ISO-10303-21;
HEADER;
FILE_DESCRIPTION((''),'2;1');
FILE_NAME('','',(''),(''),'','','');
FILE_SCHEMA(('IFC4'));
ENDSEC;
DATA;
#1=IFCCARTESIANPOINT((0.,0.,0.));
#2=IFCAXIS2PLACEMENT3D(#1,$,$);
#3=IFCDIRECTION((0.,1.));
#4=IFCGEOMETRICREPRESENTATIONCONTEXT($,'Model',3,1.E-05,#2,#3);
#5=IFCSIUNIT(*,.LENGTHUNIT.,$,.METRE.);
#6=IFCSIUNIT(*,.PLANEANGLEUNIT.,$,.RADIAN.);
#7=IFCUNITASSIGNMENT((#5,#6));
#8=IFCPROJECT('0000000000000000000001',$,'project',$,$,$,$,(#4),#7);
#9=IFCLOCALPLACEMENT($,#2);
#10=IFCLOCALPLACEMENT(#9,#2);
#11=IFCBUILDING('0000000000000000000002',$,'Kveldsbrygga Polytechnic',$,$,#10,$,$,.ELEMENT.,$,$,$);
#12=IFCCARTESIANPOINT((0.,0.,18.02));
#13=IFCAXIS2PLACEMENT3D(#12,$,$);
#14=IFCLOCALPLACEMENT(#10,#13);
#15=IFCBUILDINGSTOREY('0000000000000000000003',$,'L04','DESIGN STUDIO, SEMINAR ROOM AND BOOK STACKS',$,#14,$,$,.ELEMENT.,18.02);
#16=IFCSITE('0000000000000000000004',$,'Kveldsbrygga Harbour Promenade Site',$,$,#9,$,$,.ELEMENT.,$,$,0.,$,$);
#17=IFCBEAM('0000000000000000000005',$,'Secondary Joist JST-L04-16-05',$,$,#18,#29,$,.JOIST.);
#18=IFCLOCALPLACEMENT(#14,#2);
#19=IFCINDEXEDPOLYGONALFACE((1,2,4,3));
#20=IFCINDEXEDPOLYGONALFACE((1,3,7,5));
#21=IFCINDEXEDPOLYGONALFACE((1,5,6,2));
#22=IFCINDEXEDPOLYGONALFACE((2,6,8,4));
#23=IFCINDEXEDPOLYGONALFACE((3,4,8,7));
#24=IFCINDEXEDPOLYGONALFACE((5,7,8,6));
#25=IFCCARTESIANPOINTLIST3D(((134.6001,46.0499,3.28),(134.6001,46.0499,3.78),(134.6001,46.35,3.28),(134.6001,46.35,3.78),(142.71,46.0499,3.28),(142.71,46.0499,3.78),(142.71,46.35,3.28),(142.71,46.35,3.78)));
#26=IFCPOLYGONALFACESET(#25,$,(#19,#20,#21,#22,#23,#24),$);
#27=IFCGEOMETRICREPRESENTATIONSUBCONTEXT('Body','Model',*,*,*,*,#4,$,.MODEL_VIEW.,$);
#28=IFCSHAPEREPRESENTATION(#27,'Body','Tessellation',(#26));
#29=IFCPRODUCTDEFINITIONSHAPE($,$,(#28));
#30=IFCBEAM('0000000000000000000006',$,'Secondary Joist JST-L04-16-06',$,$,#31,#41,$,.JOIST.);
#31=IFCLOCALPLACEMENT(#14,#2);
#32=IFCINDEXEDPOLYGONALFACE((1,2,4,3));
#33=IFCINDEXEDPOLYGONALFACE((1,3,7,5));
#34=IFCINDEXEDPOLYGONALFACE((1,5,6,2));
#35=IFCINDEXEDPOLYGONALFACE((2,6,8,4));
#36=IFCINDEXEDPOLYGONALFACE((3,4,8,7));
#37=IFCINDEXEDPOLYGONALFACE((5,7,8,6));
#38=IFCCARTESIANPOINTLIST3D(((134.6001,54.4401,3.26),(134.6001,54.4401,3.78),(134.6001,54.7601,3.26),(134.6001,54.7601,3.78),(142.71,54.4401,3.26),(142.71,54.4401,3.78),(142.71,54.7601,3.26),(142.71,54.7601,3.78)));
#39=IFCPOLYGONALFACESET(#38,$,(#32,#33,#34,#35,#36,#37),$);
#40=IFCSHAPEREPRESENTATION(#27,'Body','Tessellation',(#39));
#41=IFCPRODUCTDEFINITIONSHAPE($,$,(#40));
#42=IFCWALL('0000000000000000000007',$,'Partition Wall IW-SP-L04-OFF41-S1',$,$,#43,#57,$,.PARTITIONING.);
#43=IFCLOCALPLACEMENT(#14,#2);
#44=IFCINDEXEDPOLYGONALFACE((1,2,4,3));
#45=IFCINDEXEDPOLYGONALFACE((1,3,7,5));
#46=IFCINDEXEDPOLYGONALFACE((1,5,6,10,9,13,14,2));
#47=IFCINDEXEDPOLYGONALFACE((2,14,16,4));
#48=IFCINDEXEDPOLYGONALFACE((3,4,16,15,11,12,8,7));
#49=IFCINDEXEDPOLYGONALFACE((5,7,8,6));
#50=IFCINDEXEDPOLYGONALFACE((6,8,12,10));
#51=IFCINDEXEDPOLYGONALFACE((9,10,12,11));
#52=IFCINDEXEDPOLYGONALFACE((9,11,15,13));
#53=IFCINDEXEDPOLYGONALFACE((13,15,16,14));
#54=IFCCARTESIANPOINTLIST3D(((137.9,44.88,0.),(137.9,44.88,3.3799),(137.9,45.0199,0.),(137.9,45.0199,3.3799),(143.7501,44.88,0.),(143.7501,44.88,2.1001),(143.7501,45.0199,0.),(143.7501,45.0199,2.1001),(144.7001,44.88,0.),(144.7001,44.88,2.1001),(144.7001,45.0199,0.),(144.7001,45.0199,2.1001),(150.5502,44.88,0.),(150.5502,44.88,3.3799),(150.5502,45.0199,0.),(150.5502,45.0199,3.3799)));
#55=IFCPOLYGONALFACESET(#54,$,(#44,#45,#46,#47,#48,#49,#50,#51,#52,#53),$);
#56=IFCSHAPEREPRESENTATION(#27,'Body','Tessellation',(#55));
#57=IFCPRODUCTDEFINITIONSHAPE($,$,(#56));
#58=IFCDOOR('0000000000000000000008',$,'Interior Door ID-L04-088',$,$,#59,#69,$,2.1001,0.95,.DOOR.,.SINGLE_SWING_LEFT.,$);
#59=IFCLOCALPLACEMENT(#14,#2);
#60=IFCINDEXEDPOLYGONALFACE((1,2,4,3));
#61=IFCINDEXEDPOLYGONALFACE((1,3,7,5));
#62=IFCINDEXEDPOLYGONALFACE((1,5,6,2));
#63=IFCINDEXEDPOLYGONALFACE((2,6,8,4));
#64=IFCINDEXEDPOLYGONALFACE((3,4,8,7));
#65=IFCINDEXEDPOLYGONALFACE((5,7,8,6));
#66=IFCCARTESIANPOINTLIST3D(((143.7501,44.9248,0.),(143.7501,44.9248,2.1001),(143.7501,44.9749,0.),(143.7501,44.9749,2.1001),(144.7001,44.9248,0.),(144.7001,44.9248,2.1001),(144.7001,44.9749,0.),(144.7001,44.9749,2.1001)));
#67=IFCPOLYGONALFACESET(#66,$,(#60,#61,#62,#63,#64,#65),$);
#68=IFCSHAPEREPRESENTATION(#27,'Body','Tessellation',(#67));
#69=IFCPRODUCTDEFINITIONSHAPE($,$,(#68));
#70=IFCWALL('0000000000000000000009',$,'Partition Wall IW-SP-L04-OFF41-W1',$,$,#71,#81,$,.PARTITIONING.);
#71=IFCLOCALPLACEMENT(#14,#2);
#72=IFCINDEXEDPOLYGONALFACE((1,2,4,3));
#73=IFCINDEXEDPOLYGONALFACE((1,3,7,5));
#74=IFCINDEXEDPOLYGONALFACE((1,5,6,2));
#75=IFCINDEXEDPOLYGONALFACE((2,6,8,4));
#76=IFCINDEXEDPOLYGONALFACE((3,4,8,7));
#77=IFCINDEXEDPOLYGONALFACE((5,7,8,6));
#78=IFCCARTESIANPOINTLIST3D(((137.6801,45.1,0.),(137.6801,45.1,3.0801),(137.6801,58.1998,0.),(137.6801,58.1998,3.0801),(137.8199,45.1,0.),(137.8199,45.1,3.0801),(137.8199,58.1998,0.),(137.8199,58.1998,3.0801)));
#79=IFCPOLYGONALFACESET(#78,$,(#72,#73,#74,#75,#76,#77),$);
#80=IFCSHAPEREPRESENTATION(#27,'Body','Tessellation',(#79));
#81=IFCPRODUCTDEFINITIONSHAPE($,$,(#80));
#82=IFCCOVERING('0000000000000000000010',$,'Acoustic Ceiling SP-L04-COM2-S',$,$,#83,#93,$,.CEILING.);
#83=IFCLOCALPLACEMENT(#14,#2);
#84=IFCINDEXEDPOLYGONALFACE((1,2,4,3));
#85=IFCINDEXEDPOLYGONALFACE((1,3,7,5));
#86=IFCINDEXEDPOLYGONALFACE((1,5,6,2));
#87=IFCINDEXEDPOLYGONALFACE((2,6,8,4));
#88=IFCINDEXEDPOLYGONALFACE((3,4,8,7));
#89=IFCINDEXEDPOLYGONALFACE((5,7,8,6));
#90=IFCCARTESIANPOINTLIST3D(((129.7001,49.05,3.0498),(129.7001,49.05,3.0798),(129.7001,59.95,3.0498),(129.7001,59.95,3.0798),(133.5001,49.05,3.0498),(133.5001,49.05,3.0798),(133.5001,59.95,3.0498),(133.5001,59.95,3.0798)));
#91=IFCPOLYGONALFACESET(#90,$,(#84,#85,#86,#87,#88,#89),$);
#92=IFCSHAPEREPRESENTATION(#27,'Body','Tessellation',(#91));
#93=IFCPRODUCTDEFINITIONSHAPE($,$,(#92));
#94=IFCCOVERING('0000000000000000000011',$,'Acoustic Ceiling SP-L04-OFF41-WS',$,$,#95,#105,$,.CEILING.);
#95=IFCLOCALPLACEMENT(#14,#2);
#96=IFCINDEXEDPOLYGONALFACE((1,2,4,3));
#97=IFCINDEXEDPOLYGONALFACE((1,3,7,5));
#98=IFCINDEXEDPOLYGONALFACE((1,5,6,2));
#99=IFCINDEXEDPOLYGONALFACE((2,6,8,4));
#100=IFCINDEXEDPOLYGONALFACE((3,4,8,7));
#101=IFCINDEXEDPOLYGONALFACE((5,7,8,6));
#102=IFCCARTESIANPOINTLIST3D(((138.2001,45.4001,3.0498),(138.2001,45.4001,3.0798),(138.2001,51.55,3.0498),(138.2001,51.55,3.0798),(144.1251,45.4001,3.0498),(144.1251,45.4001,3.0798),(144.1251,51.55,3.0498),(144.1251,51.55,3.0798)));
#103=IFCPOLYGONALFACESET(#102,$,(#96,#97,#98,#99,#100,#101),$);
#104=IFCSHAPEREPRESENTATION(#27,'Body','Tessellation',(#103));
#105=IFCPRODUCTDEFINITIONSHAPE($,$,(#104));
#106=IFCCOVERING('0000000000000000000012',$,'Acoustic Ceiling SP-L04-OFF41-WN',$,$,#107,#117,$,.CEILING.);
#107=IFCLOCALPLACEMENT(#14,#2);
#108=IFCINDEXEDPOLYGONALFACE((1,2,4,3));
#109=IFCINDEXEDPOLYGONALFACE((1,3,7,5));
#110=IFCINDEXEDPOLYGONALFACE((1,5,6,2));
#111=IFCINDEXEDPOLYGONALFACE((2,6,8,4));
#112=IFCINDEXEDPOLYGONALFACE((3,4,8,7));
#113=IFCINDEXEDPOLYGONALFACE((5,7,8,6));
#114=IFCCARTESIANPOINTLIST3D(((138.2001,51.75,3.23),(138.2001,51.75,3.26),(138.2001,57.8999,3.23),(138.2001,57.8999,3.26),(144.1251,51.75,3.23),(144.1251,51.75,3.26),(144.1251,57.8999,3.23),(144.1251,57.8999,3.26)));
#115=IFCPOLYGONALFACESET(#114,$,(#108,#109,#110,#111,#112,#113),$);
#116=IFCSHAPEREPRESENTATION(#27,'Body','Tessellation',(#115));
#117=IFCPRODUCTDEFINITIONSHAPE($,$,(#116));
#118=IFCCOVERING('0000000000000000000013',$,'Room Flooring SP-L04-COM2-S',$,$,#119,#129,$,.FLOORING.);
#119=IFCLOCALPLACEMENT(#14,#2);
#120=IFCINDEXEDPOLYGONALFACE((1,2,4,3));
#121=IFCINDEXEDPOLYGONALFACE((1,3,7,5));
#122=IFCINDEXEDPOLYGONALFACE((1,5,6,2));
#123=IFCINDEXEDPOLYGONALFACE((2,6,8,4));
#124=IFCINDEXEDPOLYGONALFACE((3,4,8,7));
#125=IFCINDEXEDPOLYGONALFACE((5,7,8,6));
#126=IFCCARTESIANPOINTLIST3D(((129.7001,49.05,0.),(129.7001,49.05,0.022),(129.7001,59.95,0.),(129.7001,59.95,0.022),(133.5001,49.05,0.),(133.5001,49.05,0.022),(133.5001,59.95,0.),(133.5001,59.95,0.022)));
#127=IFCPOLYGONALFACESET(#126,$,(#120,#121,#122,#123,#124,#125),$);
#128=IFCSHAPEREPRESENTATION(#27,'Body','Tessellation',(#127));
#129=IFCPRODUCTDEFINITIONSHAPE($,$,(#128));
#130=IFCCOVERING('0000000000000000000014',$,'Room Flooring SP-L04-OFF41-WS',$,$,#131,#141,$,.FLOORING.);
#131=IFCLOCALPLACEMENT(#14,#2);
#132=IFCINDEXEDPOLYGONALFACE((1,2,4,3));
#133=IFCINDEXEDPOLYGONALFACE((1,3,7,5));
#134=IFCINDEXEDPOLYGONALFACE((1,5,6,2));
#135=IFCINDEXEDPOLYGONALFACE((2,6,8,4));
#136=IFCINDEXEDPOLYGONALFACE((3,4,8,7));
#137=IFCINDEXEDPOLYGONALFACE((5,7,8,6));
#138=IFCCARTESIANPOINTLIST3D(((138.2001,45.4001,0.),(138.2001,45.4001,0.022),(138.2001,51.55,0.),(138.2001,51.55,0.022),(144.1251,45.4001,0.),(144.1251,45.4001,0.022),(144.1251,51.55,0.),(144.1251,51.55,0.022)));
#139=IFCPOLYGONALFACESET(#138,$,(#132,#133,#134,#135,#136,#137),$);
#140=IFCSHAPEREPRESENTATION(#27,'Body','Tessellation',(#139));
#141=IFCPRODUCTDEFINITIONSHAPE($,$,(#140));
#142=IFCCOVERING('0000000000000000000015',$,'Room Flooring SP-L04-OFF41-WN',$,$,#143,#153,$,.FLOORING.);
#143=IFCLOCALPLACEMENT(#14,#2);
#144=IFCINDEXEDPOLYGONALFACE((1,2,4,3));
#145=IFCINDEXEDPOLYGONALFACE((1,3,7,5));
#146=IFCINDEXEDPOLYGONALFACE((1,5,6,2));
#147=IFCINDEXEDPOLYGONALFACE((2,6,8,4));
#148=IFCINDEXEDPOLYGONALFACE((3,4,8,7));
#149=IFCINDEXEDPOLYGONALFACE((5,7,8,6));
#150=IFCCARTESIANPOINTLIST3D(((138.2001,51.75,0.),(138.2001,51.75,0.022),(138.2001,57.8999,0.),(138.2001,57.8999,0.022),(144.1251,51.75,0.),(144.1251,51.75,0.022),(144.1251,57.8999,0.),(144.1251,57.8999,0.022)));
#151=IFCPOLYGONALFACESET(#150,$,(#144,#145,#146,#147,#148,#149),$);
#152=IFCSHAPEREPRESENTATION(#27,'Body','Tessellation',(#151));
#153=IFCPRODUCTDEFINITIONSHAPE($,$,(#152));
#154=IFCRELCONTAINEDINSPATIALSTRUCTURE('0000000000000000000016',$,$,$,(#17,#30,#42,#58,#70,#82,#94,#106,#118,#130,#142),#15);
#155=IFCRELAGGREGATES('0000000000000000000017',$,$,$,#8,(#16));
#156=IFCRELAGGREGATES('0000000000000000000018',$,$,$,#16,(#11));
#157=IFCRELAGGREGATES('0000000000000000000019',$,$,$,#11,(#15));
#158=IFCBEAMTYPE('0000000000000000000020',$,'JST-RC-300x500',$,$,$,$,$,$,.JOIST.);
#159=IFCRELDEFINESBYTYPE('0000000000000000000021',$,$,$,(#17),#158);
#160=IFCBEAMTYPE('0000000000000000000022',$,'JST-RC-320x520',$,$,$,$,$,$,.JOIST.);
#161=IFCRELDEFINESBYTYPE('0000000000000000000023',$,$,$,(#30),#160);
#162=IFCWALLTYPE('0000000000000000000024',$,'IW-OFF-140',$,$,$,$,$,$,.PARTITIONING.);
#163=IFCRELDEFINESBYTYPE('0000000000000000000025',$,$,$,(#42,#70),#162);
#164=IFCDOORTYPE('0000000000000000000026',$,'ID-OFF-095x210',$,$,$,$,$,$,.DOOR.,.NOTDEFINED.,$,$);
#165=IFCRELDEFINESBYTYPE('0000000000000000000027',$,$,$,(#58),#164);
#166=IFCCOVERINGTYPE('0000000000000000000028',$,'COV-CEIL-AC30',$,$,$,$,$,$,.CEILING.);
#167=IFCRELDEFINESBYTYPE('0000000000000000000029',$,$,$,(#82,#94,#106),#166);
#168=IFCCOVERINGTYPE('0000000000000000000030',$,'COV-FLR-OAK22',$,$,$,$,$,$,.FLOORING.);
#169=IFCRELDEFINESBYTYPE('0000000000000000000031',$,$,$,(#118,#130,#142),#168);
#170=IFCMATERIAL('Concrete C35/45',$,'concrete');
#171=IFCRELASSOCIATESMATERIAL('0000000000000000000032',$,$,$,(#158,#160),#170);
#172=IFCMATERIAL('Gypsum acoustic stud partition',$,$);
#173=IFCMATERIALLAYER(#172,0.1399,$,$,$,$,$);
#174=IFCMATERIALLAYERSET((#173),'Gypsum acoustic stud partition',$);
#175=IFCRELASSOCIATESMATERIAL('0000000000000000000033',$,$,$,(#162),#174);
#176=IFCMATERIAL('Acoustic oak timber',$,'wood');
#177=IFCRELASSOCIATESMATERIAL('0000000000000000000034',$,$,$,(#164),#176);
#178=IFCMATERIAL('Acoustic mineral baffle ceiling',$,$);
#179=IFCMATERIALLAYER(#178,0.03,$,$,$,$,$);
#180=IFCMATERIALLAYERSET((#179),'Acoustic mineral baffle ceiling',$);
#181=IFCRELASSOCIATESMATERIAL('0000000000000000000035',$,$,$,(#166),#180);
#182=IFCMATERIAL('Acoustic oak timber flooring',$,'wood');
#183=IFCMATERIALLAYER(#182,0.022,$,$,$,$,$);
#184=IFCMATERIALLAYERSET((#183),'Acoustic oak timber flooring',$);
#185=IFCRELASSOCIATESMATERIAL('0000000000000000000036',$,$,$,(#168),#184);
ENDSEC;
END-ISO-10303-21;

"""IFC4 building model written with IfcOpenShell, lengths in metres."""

from ifc_helpers import new_model, si_unit, direction, frame, frame_2d, origin, origin_2d, place, context, subcontext, project, spatial, rectangle, extrude, material, layer, layer_set, material_profile, profile_set, type_object, element, fill, save


model = new_model("IFC4")

# Units and contexts
model_context = context("Model", 3, precision=1e-05, world=origin(), true_north=direction((0.0, 1.0)))
body_context = subcontext(model_context, "Body", "Model", "MODEL_VIEW")
ifc_project = project(units=[si_unit("LENGTHUNIT", "METRE"), si_unit("PLANEANGLEUNIT", "RADIAN")], contexts=[model_context])

# Site, building, storey
site_placement = place(None, origin())
site = spatial("IfcSite", under=ifc_project, at=site_placement, Name="Kveldsbrygga Harbour Promenade Site", CompositionType="ELEMENT", RefElevation=0.0)
building_placement = place(site_placement, origin())
building = spatial("IfcBuilding", under=site, at=building_placement, Name="Kveldsbrygga Polytechnic", CompositionType="ELEMENT")
storey_placement = place(building_placement, frame((0.0, 0.0, 18.02)))
storey = spatial("IfcBuildingStorey", under=building, at=storey_placement, Name="L04", Description="DESIGN STUDIO, SEMINAR ROOM AND BOOK STACKS", CompositionType="ELEMENT", Elevation=18.02)

# Beams
ifc_material_1 = material(Name="Concrete C35/45", Category="concrete")
ifc_material_profile_1 = material_profile(ifc_material_1, rectangle(XDim=0.3, YDim=0.5, at=origin_2d()), Name="RC 300x500")
ifc_profile_set_1 = profile_set([ifc_material_profile_1], Name="Concrete C35/45")
beam_type_1 = type_object("IfcBeamType", Name="JST-RC-300x500", PredefinedType="JOIST", material=ifc_profile_set_1)
beam_1_placement = place(storey_placement, frame((134.6001, 46.2, 3.53), z_axis=(1.0, 0.0, 0.0), x_axis=(0.0, 1.0, 0.0)))
element("IfcBeam", 1, at=beam_1_placement, inside=storey, type_object=beam_type_1, Name="Secondary Joist JST-L04-16-05", PredefinedType="JOIST", context=body_context, shape_type="SweptSolid", body=[
    extrude(rectangle(XDim=0.3, YDim=0.5, at=origin_2d()), origin(), (0.0, 0.0, 1.0), 8.1099),
])
ifc_material_profile_2 = material_profile(ifc_material_1, rectangle(XDim=0.3201, YDim=0.52, at=origin_2d()), Name="RC 320x520")
ifc_profile_set_2 = profile_set([ifc_material_profile_2], Name="Concrete C35/45")
beam_type_2 = type_object("IfcBeamType", Name="JST-RC-320x520", PredefinedType="JOIST", material=ifc_profile_set_2)
beam_2_placement = place(storey_placement, frame((134.6001, 54.6001, 3.52), z_axis=(1.0, 0.0, 0.0), x_axis=(0.0, 1.0, 0.0)))
element("IfcBeam", 2, at=beam_2_placement, inside=storey, type_object=beam_type_2, Name="Secondary Joist JST-L04-16-06", PredefinedType="JOIST", context=body_context, shape_type="SweptSolid", body=[
    extrude(rectangle(XDim=0.3201, YDim=0.52, at=origin_2d()), origin(), (0.0, 0.0, 1.0), 8.1099),
])

# Wall, opening, door
ifc_material_2 = material(Name="Gypsum acoustic stud partition")
ifc_layer_1 = layer(ifc_material_2, 0.1399)
ifc_layer_set_1 = layer_set([ifc_layer_1], Name="Gypsum acoustic stud partition")
wall_type = type_object("IfcWallType", Name="IW-OFF-140", PredefinedType="PARTITIONING", material=ifc_layer_set_1)
wall_1_placement = place(storey_placement, frame((137.8999, 44.95, 0.0), z_axis=(0.0, 0.0, 1.0), x_axis=(1.0, 0.0, 0.0)))
wall_1 = element("IfcWall", 3, at=wall_1_placement, inside=storey, type_object=wall_type, Name="Partition Wall IW-SP-L04-OFF41-S1", PredefinedType="PARTITIONING", context=body_context, shape_type="SweptSolid", body=[
    extrude(rectangle(XDim=12.6501, YDim=0.1399, at=frame_2d((6.3252, 0.0))), origin(), (0.0, 0.0, 1.0), 3.3799),
])
opening_placement = place(wall_1_placement, frame((5.8501, 0.0, 0.0)))
opening = element("IfcOpeningElement", 4, at=opening_placement, cuts=wall_1, PredefinedType="OPENING", context=body_context, shape_type="SweptSolid", body=[
    extrude(rectangle(XDim=0.95, YDim=2.1001, at=frame_2d((0.4751, 1.05))), frame((0.0, 0.0801, 0.0), z_axis=(0.0, -1.0, 0.0), x_axis=(1.0, 0.0, 0.0)), (0.0, 0.0, 1.0), 0.1599),
])
ifc_material_3 = material(Name="Acoustic oak timber", Category="wood")
door_type = type_object("IfcDoorType", Name="ID-OFF-095x210", OperationType="NOTDEFINED", PredefinedType="DOOR", material=ifc_material_3)
door_placement = place(opening_placement, origin())
door = element("IfcDoor", 5, at=door_placement, inside=storey, type_object=door_type, Name="Interior Door ID-L04-088", OperationType="SINGLE_SWING_LEFT", OverallHeight=2.1001, OverallWidth=0.95, PredefinedType="DOOR", context=body_context, shape_type="SweptSolid", body=[
    extrude(rectangle(XDim=0.95, YDim=2.1001, at=frame_2d((0.4751, 1.05))), frame((0.0, 0.0249, 0.0), z_axis=(0.0, -1.0, 0.0), x_axis=(1.0, 0.0, 0.0)), (0.0, 0.0, 1.0), 0.05),
])
fill(opening, door)

# Wall
wall_2_placement = place(storey_placement, frame((137.75, 45.1001, 0.0), z_axis=(0.0, 0.0, 1.0), x_axis=(0.0, 1.0, 0.0)))
element("IfcWall", 6, at=wall_2_placement, inside=storey, type_object=wall_type, Name="Partition Wall IW-SP-L04-OFF41-W1", PredefinedType="PARTITIONING", context=body_context, shape_type="SweptSolid", body=[
    extrude(rectangle(XDim=13.0999, YDim=0.1399, at=frame_2d((6.5498, 0.0))), origin(), (0.0, 0.0, 1.0), 3.0801),
])

# Coverings
ifc_material_4 = material(Name="Acoustic mineral baffle ceiling")
ifc_layer_2 = layer(ifc_material_4, 0.03)
ifc_layer_set_2 = layer_set([ifc_layer_2], Name="Acoustic mineral baffle ceiling")
covering_type_1 = type_object("IfcCoveringType", Name="COV-CEIL-AC30", PredefinedType="CEILING", material=ifc_layer_set_2)
covering_1_placement = place(storey_placement, frame((131.6001, 54.5, 3.0498), z_axis=(0.0, 0.0, 1.0), x_axis=(1.0, 0.0, 0.0)))
element("IfcCovering", 7, at=covering_1_placement, inside=storey, type_object=covering_type_1, Name="Acoustic Ceiling SP-L04-COM2-S", PredefinedType="CEILING", context=body_context, shape_type="SweptSolid", body=[
    extrude(rectangle(XDim=3.8, YDim=10.8999, at=origin_2d()), origin(), (0.0, 0.0, 1.0), 0.03),
])
for number, where, z_axis, x_axis, name in (
    (8, (141.1626, 48.4751, 3.0498), (0.0, 0.0, 1.0), (1.0, 0.0, 0.0), "Acoustic Ceiling SP-L04-OFF41-WS"),
    (9, (141.1626, 54.825, 3.23), (0.0, 0.0, 1.0), (1.0, 0.0, 0.0), "Acoustic Ceiling SP-L04-OFF41-WN"),
):
    element("IfcCovering", number, at=place(storey_placement, frame(where, z_axis=z_axis, x_axis=x_axis)), inside=storey, type_object=covering_type_1, Name=name, PredefinedType="CEILING", context=body_context, shape_type="SweptSolid", body=[
        extrude(rectangle(XDim=5.925, YDim=6.1499, at=origin_2d()), origin(), (0.0, 0.0, 1.0), 0.03),
    ])
ifc_material_5 = material(Name="Acoustic oak timber flooring", Category="wood")
ifc_layer_3 = layer(ifc_material_5, 0.022)
ifc_layer_set_3 = layer_set([ifc_layer_3], Name="Acoustic oak timber flooring")
covering_type_2 = type_object("IfcCoveringType", Name="COV-FLR-OAK22", PredefinedType="FLOORING", material=ifc_layer_set_3)
covering_2_placement = place(storey_placement, frame((131.6001, 54.5, 0.0), z_axis=(0.0, 0.0, 1.0), x_axis=(1.0, 0.0, 0.0)))
element("IfcCovering", 10, at=covering_2_placement, inside=storey, type_object=covering_type_2, Name="Room Flooring SP-L04-COM2-S", PredefinedType="FLOORING", context=body_context, shape_type="SweptSolid", body=[
    extrude(rectangle(XDim=3.8, YDim=10.8999, at=origin_2d()), origin(), (0.0, 0.0, 1.0), 0.022),
])
for number, where, z_axis, x_axis, name in (
    (11, (141.1626, 48.4751, 0.0), (0.0, 0.0, 1.0), (1.0, 0.0, 0.0), "Room Flooring SP-L04-OFF41-WS"),
    (12, (141.1626, 54.825, 0.0), (0.0, 0.0, 1.0), (1.0, 0.0, 0.0), "Room Flooring SP-L04-OFF41-WN"),
):
    element("IfcCovering", number, at=place(storey_placement, frame(where, z_axis=z_axis, x_axis=x_axis)), inside=storey, type_object=covering_type_2, Name=name, PredefinedType="FLOORING", context=body_context, shape_type="SweptSolid", body=[
        extrude(rectangle(XDim=5.925, YDim=6.1499, at=origin_2d()), origin(), (0.0, 0.0, 1.0), 0.022),
    ])

save(model, "model.ifc")
